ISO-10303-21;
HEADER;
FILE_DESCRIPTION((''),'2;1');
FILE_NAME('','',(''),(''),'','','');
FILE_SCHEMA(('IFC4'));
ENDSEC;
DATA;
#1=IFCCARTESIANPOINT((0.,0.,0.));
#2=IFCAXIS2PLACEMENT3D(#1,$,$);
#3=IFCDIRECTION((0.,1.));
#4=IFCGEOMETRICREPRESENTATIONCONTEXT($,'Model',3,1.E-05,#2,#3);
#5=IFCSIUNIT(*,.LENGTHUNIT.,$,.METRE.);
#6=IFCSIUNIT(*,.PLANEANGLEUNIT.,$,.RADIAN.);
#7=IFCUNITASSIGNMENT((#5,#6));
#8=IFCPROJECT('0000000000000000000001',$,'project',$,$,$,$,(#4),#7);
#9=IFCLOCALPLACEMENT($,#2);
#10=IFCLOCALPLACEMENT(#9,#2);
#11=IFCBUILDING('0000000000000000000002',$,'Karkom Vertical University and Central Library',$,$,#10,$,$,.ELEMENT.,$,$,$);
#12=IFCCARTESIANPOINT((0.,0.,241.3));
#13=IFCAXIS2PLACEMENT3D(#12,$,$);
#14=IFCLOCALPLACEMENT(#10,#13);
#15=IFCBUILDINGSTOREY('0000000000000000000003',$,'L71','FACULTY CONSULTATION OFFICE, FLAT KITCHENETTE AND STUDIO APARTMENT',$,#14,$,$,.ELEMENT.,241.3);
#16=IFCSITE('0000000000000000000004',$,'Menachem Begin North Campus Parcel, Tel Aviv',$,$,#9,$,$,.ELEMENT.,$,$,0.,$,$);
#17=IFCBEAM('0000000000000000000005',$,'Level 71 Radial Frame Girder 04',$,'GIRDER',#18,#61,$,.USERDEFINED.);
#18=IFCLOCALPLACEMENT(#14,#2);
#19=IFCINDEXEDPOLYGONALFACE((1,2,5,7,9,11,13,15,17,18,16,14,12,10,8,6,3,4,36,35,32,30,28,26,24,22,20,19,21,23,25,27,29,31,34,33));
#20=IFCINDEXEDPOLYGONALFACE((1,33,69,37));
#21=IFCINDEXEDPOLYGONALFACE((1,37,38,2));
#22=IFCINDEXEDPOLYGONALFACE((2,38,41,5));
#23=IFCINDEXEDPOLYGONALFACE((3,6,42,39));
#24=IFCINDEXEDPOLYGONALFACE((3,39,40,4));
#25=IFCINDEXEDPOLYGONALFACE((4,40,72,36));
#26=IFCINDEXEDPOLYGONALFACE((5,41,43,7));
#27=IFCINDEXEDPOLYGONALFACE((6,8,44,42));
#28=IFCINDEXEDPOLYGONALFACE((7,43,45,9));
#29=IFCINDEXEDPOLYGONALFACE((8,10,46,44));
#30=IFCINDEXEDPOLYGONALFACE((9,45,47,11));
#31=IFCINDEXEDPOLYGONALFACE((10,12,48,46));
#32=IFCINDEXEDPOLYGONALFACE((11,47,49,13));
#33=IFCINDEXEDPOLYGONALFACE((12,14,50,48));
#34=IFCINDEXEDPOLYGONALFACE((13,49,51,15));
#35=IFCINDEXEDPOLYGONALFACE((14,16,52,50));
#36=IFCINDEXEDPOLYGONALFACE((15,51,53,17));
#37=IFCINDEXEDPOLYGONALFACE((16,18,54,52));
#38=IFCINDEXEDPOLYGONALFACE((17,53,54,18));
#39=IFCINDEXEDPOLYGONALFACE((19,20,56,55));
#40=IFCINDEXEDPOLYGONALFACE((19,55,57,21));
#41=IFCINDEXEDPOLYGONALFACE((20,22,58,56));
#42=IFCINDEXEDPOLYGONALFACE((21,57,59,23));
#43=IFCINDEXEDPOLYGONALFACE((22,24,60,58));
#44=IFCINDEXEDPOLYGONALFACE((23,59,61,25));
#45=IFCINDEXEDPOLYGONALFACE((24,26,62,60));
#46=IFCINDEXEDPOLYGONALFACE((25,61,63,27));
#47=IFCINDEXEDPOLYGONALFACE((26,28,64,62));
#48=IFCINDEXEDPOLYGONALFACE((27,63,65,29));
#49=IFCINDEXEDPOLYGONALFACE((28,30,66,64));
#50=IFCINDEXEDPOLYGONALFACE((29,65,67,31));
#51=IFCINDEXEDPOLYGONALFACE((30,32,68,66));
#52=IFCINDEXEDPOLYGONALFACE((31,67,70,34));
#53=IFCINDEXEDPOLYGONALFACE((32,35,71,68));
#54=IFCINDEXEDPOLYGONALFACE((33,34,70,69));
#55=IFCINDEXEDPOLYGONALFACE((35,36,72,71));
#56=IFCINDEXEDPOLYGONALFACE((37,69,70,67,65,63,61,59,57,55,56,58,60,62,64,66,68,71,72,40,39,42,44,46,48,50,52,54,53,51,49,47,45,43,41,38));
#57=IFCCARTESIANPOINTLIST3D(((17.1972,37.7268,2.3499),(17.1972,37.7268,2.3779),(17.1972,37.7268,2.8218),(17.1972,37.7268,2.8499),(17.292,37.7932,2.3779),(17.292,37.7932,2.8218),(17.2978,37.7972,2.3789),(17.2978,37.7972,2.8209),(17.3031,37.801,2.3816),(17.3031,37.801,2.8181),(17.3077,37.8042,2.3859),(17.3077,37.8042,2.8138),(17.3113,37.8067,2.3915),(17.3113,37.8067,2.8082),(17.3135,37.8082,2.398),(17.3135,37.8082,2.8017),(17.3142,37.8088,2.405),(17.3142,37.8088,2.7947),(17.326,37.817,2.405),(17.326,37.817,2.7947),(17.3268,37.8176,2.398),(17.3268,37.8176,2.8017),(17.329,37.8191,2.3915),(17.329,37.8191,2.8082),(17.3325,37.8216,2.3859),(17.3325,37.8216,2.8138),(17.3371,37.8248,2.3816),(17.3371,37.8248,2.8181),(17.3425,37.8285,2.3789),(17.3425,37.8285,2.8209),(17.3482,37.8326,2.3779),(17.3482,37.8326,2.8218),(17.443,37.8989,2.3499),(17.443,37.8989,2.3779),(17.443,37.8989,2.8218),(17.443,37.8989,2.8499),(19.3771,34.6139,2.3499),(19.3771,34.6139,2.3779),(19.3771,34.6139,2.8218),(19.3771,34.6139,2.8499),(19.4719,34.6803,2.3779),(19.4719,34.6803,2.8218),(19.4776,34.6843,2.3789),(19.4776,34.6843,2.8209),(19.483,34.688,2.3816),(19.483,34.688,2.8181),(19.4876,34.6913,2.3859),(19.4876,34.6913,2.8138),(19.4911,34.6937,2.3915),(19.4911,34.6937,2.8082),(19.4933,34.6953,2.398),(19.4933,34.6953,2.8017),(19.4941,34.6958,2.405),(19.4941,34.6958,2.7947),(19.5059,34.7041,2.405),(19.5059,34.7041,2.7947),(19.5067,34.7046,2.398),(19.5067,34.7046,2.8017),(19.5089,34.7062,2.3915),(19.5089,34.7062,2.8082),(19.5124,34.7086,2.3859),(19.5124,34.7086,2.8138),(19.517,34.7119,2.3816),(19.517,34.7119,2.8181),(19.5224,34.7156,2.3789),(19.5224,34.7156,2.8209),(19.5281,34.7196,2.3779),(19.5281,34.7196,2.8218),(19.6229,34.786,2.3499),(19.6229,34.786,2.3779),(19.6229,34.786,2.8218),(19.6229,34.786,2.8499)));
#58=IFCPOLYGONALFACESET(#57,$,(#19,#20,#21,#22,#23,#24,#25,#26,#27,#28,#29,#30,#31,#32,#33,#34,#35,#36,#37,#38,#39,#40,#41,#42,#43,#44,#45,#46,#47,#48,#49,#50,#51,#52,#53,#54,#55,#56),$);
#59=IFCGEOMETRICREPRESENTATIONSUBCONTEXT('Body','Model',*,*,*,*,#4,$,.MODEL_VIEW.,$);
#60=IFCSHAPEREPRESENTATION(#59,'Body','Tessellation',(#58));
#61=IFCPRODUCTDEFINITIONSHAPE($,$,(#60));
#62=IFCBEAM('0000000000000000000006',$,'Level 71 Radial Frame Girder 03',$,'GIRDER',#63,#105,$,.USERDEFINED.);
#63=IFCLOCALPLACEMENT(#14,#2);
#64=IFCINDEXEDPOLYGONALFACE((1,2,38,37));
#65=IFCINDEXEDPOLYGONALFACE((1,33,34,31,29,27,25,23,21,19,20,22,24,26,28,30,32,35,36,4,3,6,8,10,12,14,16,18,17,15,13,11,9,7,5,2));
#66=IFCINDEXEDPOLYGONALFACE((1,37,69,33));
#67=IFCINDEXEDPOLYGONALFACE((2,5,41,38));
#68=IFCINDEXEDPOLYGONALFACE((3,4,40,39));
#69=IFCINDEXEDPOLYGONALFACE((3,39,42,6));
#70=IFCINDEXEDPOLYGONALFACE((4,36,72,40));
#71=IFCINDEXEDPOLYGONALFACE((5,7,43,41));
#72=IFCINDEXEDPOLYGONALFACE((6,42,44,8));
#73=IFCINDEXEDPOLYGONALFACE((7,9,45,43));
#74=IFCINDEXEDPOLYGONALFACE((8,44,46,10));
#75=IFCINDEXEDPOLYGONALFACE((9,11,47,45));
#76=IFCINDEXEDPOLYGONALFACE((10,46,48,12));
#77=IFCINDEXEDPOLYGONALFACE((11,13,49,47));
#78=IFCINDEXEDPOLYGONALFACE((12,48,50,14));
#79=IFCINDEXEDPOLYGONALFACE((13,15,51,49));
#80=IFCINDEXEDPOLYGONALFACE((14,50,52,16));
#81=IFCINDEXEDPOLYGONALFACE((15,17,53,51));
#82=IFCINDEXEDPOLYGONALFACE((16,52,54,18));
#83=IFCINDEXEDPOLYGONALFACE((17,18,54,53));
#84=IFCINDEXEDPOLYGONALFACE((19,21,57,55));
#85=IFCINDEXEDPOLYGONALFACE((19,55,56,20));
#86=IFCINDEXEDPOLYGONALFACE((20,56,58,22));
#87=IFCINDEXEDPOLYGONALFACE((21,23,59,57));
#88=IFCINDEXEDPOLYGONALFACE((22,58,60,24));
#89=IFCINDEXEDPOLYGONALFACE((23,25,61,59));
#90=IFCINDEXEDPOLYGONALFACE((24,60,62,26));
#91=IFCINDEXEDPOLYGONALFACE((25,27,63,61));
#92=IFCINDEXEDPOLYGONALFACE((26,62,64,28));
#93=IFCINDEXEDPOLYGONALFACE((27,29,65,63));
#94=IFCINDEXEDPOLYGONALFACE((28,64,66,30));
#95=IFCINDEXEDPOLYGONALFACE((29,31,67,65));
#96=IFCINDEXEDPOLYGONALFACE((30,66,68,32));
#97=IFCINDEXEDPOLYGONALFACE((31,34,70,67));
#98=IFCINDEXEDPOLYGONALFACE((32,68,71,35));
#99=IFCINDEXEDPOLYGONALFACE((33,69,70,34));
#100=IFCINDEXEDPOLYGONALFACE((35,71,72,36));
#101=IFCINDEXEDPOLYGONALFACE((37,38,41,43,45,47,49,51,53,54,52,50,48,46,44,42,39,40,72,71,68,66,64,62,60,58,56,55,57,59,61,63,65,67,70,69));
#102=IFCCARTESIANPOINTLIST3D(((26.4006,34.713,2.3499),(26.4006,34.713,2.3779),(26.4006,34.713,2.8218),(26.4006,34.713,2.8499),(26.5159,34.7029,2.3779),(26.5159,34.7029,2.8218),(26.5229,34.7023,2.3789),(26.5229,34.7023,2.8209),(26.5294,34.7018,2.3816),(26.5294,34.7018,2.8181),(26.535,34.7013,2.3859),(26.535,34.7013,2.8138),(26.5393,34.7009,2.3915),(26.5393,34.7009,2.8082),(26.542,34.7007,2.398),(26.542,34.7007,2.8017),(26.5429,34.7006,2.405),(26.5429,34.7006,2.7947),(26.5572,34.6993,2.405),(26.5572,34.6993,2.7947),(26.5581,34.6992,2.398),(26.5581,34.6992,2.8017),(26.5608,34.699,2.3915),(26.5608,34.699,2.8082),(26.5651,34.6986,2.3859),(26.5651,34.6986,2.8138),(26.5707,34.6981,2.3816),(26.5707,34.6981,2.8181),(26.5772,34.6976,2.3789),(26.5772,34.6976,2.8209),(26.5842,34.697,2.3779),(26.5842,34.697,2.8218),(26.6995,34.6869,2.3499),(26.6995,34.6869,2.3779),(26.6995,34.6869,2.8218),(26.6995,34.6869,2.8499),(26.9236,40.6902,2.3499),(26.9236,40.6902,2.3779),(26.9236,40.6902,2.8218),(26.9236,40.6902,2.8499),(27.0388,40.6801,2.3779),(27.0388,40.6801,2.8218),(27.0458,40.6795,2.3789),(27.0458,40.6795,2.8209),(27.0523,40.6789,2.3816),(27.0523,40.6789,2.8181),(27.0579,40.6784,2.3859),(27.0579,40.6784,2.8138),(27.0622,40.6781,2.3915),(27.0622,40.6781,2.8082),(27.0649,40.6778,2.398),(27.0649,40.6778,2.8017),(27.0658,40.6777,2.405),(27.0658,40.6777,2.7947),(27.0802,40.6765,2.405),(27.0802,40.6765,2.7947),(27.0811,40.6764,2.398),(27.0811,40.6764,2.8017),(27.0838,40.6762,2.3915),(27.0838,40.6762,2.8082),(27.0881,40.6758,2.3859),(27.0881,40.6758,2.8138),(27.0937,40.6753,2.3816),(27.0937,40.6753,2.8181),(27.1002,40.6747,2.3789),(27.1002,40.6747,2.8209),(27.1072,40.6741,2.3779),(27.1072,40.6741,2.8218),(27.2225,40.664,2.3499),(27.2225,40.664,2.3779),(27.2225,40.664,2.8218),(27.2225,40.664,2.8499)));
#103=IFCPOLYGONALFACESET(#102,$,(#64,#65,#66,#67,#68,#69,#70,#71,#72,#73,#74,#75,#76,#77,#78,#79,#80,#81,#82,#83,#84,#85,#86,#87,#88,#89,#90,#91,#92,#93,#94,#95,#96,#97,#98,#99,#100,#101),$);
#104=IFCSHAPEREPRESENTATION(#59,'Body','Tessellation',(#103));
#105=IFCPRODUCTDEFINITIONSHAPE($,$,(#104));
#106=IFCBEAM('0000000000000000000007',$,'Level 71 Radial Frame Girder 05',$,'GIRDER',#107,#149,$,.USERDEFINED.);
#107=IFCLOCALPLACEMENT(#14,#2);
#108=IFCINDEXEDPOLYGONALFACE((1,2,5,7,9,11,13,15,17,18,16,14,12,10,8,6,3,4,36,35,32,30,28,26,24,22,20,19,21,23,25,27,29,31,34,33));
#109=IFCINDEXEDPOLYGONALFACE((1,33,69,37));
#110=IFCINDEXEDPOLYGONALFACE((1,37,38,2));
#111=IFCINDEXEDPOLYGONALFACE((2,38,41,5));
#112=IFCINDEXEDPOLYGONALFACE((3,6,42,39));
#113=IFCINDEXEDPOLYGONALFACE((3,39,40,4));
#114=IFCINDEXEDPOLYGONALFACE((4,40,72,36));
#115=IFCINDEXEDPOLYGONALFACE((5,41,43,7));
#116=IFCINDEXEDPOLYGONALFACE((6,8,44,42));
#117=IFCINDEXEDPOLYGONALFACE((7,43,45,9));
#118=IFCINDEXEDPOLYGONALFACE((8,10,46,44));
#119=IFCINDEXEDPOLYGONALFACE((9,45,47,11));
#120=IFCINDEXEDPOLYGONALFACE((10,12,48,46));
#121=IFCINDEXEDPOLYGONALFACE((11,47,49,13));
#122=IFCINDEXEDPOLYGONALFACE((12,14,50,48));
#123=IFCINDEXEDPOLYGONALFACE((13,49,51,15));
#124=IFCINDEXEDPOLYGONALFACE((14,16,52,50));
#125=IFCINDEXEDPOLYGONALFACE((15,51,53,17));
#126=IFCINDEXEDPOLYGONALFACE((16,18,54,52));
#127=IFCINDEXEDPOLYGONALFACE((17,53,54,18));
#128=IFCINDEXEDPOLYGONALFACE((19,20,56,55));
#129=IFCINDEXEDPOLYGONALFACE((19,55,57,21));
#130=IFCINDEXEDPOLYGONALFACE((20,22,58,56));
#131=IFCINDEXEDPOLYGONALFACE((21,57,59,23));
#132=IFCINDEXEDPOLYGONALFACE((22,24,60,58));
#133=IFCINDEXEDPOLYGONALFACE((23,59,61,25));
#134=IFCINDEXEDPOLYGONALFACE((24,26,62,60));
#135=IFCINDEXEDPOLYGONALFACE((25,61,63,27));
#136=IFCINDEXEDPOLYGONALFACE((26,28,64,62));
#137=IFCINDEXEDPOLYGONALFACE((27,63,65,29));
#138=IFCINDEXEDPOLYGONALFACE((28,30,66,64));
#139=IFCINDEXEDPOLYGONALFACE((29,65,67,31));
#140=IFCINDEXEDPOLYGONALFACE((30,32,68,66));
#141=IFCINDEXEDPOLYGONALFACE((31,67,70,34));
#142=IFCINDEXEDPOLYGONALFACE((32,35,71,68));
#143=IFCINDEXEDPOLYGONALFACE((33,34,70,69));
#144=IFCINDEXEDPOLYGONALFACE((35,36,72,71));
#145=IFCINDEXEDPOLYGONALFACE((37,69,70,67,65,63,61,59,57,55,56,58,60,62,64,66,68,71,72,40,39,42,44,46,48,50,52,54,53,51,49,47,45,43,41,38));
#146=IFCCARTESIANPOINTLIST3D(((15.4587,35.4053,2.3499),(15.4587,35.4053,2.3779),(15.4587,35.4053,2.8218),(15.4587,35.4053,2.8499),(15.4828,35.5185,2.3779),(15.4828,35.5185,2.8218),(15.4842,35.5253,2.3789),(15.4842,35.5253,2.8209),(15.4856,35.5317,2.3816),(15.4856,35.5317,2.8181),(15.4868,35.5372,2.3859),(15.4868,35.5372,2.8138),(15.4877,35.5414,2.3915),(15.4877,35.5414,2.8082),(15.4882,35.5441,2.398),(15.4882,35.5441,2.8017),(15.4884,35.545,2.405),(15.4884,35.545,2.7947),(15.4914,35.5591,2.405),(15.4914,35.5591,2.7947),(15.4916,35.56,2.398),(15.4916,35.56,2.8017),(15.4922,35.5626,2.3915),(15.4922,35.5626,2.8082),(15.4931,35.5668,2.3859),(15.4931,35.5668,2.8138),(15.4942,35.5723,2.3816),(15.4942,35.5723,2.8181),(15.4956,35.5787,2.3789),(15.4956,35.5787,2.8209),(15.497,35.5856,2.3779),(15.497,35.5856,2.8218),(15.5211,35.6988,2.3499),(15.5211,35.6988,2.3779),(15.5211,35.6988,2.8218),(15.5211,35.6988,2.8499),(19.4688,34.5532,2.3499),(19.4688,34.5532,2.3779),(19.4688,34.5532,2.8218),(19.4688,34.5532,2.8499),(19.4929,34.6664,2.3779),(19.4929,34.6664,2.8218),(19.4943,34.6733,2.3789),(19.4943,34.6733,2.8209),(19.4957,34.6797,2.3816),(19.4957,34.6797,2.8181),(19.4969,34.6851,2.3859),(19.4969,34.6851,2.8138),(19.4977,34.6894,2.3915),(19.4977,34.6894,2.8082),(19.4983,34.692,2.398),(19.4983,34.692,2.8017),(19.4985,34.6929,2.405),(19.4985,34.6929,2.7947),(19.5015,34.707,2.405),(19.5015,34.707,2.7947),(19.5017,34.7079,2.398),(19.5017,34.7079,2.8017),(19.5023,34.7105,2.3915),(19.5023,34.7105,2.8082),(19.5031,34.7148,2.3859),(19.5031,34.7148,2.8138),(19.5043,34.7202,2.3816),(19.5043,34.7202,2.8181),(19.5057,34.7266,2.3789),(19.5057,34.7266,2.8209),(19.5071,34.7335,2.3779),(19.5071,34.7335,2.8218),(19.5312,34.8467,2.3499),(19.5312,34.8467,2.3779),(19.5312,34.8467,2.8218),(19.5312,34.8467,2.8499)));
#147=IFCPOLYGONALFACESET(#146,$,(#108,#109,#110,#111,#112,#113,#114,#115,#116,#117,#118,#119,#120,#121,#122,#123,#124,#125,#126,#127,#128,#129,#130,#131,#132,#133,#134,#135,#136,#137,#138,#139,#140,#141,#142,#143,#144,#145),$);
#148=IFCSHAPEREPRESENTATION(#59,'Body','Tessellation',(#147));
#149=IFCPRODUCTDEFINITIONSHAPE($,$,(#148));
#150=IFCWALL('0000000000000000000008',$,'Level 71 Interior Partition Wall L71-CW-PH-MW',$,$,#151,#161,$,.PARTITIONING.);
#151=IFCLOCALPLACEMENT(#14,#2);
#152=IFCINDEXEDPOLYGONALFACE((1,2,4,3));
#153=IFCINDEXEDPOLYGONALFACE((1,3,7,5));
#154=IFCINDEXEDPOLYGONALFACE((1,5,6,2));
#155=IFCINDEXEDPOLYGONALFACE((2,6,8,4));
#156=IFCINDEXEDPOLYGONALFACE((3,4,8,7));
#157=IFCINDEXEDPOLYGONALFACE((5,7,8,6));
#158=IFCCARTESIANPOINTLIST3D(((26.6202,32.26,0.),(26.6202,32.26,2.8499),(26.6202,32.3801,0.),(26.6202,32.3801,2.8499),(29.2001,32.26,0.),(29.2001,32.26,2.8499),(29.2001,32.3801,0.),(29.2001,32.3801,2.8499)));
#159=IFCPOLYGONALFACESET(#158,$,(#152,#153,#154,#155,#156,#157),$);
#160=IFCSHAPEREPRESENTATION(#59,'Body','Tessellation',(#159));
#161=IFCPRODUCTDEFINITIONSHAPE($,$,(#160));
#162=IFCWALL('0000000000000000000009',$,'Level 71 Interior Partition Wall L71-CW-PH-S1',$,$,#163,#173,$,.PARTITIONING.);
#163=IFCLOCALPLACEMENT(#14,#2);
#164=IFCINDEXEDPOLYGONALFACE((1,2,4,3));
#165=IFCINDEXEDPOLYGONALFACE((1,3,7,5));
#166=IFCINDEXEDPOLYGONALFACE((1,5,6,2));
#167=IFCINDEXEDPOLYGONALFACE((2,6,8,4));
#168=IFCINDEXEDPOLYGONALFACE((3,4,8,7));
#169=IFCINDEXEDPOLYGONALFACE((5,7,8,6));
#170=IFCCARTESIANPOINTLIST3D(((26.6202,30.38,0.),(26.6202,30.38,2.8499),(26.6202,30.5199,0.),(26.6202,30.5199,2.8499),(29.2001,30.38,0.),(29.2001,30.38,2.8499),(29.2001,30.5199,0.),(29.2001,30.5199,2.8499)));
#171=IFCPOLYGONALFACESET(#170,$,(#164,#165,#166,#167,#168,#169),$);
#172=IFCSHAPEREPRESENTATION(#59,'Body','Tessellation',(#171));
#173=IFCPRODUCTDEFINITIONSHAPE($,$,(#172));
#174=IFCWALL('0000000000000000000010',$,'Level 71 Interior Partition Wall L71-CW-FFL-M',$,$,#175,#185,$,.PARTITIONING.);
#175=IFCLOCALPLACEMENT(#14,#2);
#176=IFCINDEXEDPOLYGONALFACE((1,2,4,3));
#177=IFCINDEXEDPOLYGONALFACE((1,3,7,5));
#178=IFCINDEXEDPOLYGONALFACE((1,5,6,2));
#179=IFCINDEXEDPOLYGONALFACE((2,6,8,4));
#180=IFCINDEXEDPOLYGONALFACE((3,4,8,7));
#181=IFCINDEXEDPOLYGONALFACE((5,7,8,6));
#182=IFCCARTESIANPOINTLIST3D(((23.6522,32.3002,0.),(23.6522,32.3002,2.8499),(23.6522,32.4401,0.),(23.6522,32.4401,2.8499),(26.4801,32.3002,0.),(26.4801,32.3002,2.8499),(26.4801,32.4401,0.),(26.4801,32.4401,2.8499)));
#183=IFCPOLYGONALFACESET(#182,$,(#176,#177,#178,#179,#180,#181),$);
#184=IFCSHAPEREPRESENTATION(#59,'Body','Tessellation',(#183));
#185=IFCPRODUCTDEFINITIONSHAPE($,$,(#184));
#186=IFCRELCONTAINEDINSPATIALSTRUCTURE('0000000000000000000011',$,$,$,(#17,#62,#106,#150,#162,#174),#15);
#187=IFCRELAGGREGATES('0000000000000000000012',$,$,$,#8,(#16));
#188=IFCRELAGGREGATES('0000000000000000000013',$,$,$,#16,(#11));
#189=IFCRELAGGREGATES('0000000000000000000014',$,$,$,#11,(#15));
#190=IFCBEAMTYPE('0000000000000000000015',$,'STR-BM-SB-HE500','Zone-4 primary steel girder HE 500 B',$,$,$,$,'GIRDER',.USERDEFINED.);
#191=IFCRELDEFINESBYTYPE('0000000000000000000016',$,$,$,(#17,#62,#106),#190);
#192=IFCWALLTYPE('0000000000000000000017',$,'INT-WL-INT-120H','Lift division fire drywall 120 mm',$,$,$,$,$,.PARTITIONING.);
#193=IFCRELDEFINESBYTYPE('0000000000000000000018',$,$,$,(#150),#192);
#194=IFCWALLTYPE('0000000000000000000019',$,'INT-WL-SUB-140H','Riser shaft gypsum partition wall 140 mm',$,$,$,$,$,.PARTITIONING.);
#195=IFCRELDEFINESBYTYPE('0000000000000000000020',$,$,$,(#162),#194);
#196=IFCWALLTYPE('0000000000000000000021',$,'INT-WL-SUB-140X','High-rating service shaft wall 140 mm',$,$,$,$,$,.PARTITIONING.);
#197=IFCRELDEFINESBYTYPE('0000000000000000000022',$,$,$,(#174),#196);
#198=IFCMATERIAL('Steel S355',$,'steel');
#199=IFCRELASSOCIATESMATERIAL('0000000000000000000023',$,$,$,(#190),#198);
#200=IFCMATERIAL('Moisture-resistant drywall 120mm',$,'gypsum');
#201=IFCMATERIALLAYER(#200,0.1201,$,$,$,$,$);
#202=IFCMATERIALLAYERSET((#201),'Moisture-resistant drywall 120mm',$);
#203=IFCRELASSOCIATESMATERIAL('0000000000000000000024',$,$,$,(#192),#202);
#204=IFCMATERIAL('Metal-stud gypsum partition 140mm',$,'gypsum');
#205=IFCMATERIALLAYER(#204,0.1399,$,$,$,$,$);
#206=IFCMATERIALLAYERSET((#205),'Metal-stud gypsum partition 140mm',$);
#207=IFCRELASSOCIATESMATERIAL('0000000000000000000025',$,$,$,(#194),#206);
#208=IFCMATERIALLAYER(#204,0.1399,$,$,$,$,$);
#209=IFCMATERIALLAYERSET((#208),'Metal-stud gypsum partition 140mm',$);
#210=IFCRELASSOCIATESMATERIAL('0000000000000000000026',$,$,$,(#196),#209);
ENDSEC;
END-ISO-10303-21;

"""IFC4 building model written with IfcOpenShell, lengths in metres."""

from ifc_helpers import new_model, si_unit, direction, frame, frame_2d, origin, origin_with_axes, origin_2d, place, context, subcontext, project, spatial, rectangle, i_section, extrude, source, transform, mapped, material, layer, layer_set, material_profile, profile_set, type_object, element, save


model = new_model("IFC4")

# Units and contexts
model_context = context("Model", 3, precision=1e-05, world=origin(), true_north=direction((0.0, 1.0)))
body_context = subcontext(model_context, "Body", "Model", "MODEL_VIEW")
ifc_project = project(units=[si_unit("LENGTHUNIT", "METRE"), si_unit("PLANEANGLEUNIT", "RADIAN")], contexts=[model_context])

# Site, building, storey
site_placement = place(None, origin())
site = spatial("IfcSite", under=ifc_project, at=site_placement, Name="Menachem Begin North Campus Parcel, Tel Aviv", CompositionType="ELEMENT", RefElevation=0.0)
building_placement = place(site_placement, origin())
building = spatial("IfcBuilding", under=site, at=building_placement, Name="Karkom Vertical University and Central Library", CompositionType="ELEMENT")
storey_placement = place(building_placement, frame((0.0, 0.0, 241.3)))
storey = spatial("IfcBuildingStorey", under=building, at=storey_placement, Name="L71", Description="FACULTY CONSULTATION OFFICE, FLAT KITCHENETTE AND STUDIO APARTMENT", CompositionType="ELEMENT", Elevation=241.3)

# Beams
ifc_material_1 = material(Name="Steel S355", Category="steel")
ifc_material_profile_1 = material_profile(ifc_material_1, i_section(OverallWidth=0.3, OverallDepth=0.5, WebThickness=0.0144, FlangeThickness=0.0281, FilletRadius=0.0271, at=origin_2d()), Name="HE 500 B")
ifc_profile_set_1 = profile_set([ifc_material_profile_1], Name="Steel S355")
beam_type_1 = type_object("IfcBeamType", Name="STR-BM-SB-HE500", Description="Zone-4 primary steel girder HE 500 B", ElementType="GIRDER", PredefinedType="USERDEFINED", material=ifc_profile_set_1)
shared_shape_1 = source(origin_with_axes(), body_context, "Body", "SweptSolid", [
    extrude(i_section(OverallWidth=0.3, OverallDepth=0.5, WebThickness=0.0144, FlangeThickness=0.0281, FilletRadius=0.0271, at=origin_2d()), origin(), (0.0, 0.0, 1.0), 3.8003),
])
beam_1_placement = place(storey_placement, frame((19.5, 34.7, 2.5999), z_axis=(-0.573605, 0.819132, 0.0), x_axis=(-0.819132, -0.573605, 0.0)))
element("IfcBeam", 1, at=beam_1_placement, inside=storey, type_object=beam_type_1, Name="Level 71 Radial Frame Girder 04", ObjectType="GIRDER", PredefinedType="USERDEFINED", context=body_context, shape_type="MappedRepresentation", body=[
    mapped(shared_shape_1, transform((0.0, 0.0, 0.0), scale=1.0)),
])
shared_shape_2 = source(origin_with_axes(), body_context, "Body", "SweptSolid", [
    extrude(i_section(OverallWidth=0.3, OverallDepth=0.5, WebThickness=0.0144, FlangeThickness=0.0281, FilletRadius=0.0271, at=origin_2d()), origin(), (0.0, 0.0, 1.0), 6.0),
])
beam_2_placement = place(storey_placement, frame((26.55, 34.7, 2.5999), z_axis=(0.08716, 0.996194, 0.0), x_axis=(-0.996194, 0.08716, 0.0)))
element("IfcBeam", 2, at=beam_2_placement, inside=storey, type_object=beam_type_1, Name="Level 71 Radial Frame Girder 03", ObjectType="GIRDER", PredefinedType="USERDEFINED", context=body_context, shape_type="MappedRepresentation", body=[
    mapped(shared_shape_2, transform((0.0, 0.0, 0.0), scale=1.0)),
])
shared_shape_3 = source(origin_with_axes(), body_context, "Body", "SweptSolid", [
    extrude(i_section(OverallWidth=0.3, OverallDepth=0.5, WebThickness=0.0144, FlangeThickness=0.0281, FilletRadius=0.0271, at=origin_2d()), origin(), (0.0, 0.0, 1.0), 4.0996),
])
beam_3_placement = place(storey_placement, frame((19.5, 34.7, 2.5999), z_axis=(-0.978163, 0.207841, 0.0), x_axis=(-0.207841, -0.978163, 0.0)))
element("IfcBeam", 3, at=beam_3_placement, inside=storey, type_object=beam_type_1, Name="Level 71 Radial Frame Girder 05", ObjectType="GIRDER", PredefinedType="USERDEFINED", context=body_context, shape_type="MappedRepresentation", body=[
    mapped(shared_shape_3, transform((0.0, 0.0, 0.0), scale=1.0)),
])

# Walls
ifc_material_2 = material(Name="Moisture-resistant drywall 120mm", Category="gypsum")
ifc_layer_1 = layer(ifc_material_2, 0.1201)
ifc_layer_set_1 = layer_set([ifc_layer_1], Name="Moisture-resistant drywall 120mm")
wall_type_1 = type_object("IfcWallType", Name="INT-WL-INT-120H", Description="Lift division fire drywall 120 mm", PredefinedType="PARTITIONING", material=ifc_layer_set_1)
wall_1_placement = place(storey_placement, frame((26.6201, 32.3201, 0.0), z_axis=(0.0, 0.0, 1.0), x_axis=(1.0, 0.0, 0.0)))
element("IfcWall", 4, at=wall_1_placement, inside=storey, type_object=wall_type_1, Name="Level 71 Interior Partition Wall L71-CW-PH-MW", PredefinedType="PARTITIONING", context=body_context, shape_type="SweptSolid", body=[
    extrude(rectangle(XDim=2.5798, YDim=0.1201, at=frame_2d((1.29, 0.0))), origin(), (0.0, 0.0, 1.0), 2.8499),
])
ifc_material_3 = material(Name="Metal-stud gypsum partition 140mm", Category="gypsum")
ifc_layer_2 = layer(ifc_material_3, 0.1399)
ifc_layer_set_2 = layer_set([ifc_layer_2], Name="Metal-stud gypsum partition 140mm")
wall_type_2 = type_object("IfcWallType", Name="INT-WL-SUB-140H", Description="Riser shaft gypsum partition wall 140 mm", PredefinedType="PARTITIONING", material=ifc_layer_set_2)
wall_2_placement = place(storey_placement, frame((26.6201, 30.45, 0.0), z_axis=(0.0, 0.0, 1.0), x_axis=(1.0, 0.0, 0.0)))
element("IfcWall", 5, at=wall_2_placement, inside=storey, type_object=wall_type_2, Name="Level 71 Interior Partition Wall L71-CW-PH-S1", PredefinedType="PARTITIONING", context=body_context, shape_type="SweptSolid", body=[
    extrude(rectangle(XDim=2.5798, YDim=0.1399, at=frame_2d((1.29, 0.0))), origin(), (0.0, 0.0, 1.0), 2.8499),
])
ifc_layer_3 = layer(ifc_material_3, 0.1399)
ifc_layer_set_3 = layer_set([ifc_layer_3], Name="Metal-stud gypsum partition 140mm")
wall_type_3 = type_object("IfcWallType", Name="INT-WL-SUB-140X", Description="High-rating service shaft wall 140 mm", PredefinedType="PARTITIONING", material=ifc_layer_set_3)
wall_3_placement = place(storey_placement, frame((23.6521, 32.3701, 0.0), z_axis=(0.0, 0.0, 1.0), x_axis=(1.0, 0.0, 0.0)))
element("IfcWall", 6, at=wall_3_placement, inside=storey, type_object=wall_type_3, Name="Level 71 Interior Partition Wall L71-CW-FFL-M", PredefinedType="PARTITIONING", context=body_context, shape_type="SweptSolid", body=[
    extrude(rectangle(XDim=2.8279, YDim=0.1399, at=frame_2d((1.4141, 0.0))), origin(), (0.0, 0.0, 1.0), 2.8499),
])

save(model, "model.ifc")
